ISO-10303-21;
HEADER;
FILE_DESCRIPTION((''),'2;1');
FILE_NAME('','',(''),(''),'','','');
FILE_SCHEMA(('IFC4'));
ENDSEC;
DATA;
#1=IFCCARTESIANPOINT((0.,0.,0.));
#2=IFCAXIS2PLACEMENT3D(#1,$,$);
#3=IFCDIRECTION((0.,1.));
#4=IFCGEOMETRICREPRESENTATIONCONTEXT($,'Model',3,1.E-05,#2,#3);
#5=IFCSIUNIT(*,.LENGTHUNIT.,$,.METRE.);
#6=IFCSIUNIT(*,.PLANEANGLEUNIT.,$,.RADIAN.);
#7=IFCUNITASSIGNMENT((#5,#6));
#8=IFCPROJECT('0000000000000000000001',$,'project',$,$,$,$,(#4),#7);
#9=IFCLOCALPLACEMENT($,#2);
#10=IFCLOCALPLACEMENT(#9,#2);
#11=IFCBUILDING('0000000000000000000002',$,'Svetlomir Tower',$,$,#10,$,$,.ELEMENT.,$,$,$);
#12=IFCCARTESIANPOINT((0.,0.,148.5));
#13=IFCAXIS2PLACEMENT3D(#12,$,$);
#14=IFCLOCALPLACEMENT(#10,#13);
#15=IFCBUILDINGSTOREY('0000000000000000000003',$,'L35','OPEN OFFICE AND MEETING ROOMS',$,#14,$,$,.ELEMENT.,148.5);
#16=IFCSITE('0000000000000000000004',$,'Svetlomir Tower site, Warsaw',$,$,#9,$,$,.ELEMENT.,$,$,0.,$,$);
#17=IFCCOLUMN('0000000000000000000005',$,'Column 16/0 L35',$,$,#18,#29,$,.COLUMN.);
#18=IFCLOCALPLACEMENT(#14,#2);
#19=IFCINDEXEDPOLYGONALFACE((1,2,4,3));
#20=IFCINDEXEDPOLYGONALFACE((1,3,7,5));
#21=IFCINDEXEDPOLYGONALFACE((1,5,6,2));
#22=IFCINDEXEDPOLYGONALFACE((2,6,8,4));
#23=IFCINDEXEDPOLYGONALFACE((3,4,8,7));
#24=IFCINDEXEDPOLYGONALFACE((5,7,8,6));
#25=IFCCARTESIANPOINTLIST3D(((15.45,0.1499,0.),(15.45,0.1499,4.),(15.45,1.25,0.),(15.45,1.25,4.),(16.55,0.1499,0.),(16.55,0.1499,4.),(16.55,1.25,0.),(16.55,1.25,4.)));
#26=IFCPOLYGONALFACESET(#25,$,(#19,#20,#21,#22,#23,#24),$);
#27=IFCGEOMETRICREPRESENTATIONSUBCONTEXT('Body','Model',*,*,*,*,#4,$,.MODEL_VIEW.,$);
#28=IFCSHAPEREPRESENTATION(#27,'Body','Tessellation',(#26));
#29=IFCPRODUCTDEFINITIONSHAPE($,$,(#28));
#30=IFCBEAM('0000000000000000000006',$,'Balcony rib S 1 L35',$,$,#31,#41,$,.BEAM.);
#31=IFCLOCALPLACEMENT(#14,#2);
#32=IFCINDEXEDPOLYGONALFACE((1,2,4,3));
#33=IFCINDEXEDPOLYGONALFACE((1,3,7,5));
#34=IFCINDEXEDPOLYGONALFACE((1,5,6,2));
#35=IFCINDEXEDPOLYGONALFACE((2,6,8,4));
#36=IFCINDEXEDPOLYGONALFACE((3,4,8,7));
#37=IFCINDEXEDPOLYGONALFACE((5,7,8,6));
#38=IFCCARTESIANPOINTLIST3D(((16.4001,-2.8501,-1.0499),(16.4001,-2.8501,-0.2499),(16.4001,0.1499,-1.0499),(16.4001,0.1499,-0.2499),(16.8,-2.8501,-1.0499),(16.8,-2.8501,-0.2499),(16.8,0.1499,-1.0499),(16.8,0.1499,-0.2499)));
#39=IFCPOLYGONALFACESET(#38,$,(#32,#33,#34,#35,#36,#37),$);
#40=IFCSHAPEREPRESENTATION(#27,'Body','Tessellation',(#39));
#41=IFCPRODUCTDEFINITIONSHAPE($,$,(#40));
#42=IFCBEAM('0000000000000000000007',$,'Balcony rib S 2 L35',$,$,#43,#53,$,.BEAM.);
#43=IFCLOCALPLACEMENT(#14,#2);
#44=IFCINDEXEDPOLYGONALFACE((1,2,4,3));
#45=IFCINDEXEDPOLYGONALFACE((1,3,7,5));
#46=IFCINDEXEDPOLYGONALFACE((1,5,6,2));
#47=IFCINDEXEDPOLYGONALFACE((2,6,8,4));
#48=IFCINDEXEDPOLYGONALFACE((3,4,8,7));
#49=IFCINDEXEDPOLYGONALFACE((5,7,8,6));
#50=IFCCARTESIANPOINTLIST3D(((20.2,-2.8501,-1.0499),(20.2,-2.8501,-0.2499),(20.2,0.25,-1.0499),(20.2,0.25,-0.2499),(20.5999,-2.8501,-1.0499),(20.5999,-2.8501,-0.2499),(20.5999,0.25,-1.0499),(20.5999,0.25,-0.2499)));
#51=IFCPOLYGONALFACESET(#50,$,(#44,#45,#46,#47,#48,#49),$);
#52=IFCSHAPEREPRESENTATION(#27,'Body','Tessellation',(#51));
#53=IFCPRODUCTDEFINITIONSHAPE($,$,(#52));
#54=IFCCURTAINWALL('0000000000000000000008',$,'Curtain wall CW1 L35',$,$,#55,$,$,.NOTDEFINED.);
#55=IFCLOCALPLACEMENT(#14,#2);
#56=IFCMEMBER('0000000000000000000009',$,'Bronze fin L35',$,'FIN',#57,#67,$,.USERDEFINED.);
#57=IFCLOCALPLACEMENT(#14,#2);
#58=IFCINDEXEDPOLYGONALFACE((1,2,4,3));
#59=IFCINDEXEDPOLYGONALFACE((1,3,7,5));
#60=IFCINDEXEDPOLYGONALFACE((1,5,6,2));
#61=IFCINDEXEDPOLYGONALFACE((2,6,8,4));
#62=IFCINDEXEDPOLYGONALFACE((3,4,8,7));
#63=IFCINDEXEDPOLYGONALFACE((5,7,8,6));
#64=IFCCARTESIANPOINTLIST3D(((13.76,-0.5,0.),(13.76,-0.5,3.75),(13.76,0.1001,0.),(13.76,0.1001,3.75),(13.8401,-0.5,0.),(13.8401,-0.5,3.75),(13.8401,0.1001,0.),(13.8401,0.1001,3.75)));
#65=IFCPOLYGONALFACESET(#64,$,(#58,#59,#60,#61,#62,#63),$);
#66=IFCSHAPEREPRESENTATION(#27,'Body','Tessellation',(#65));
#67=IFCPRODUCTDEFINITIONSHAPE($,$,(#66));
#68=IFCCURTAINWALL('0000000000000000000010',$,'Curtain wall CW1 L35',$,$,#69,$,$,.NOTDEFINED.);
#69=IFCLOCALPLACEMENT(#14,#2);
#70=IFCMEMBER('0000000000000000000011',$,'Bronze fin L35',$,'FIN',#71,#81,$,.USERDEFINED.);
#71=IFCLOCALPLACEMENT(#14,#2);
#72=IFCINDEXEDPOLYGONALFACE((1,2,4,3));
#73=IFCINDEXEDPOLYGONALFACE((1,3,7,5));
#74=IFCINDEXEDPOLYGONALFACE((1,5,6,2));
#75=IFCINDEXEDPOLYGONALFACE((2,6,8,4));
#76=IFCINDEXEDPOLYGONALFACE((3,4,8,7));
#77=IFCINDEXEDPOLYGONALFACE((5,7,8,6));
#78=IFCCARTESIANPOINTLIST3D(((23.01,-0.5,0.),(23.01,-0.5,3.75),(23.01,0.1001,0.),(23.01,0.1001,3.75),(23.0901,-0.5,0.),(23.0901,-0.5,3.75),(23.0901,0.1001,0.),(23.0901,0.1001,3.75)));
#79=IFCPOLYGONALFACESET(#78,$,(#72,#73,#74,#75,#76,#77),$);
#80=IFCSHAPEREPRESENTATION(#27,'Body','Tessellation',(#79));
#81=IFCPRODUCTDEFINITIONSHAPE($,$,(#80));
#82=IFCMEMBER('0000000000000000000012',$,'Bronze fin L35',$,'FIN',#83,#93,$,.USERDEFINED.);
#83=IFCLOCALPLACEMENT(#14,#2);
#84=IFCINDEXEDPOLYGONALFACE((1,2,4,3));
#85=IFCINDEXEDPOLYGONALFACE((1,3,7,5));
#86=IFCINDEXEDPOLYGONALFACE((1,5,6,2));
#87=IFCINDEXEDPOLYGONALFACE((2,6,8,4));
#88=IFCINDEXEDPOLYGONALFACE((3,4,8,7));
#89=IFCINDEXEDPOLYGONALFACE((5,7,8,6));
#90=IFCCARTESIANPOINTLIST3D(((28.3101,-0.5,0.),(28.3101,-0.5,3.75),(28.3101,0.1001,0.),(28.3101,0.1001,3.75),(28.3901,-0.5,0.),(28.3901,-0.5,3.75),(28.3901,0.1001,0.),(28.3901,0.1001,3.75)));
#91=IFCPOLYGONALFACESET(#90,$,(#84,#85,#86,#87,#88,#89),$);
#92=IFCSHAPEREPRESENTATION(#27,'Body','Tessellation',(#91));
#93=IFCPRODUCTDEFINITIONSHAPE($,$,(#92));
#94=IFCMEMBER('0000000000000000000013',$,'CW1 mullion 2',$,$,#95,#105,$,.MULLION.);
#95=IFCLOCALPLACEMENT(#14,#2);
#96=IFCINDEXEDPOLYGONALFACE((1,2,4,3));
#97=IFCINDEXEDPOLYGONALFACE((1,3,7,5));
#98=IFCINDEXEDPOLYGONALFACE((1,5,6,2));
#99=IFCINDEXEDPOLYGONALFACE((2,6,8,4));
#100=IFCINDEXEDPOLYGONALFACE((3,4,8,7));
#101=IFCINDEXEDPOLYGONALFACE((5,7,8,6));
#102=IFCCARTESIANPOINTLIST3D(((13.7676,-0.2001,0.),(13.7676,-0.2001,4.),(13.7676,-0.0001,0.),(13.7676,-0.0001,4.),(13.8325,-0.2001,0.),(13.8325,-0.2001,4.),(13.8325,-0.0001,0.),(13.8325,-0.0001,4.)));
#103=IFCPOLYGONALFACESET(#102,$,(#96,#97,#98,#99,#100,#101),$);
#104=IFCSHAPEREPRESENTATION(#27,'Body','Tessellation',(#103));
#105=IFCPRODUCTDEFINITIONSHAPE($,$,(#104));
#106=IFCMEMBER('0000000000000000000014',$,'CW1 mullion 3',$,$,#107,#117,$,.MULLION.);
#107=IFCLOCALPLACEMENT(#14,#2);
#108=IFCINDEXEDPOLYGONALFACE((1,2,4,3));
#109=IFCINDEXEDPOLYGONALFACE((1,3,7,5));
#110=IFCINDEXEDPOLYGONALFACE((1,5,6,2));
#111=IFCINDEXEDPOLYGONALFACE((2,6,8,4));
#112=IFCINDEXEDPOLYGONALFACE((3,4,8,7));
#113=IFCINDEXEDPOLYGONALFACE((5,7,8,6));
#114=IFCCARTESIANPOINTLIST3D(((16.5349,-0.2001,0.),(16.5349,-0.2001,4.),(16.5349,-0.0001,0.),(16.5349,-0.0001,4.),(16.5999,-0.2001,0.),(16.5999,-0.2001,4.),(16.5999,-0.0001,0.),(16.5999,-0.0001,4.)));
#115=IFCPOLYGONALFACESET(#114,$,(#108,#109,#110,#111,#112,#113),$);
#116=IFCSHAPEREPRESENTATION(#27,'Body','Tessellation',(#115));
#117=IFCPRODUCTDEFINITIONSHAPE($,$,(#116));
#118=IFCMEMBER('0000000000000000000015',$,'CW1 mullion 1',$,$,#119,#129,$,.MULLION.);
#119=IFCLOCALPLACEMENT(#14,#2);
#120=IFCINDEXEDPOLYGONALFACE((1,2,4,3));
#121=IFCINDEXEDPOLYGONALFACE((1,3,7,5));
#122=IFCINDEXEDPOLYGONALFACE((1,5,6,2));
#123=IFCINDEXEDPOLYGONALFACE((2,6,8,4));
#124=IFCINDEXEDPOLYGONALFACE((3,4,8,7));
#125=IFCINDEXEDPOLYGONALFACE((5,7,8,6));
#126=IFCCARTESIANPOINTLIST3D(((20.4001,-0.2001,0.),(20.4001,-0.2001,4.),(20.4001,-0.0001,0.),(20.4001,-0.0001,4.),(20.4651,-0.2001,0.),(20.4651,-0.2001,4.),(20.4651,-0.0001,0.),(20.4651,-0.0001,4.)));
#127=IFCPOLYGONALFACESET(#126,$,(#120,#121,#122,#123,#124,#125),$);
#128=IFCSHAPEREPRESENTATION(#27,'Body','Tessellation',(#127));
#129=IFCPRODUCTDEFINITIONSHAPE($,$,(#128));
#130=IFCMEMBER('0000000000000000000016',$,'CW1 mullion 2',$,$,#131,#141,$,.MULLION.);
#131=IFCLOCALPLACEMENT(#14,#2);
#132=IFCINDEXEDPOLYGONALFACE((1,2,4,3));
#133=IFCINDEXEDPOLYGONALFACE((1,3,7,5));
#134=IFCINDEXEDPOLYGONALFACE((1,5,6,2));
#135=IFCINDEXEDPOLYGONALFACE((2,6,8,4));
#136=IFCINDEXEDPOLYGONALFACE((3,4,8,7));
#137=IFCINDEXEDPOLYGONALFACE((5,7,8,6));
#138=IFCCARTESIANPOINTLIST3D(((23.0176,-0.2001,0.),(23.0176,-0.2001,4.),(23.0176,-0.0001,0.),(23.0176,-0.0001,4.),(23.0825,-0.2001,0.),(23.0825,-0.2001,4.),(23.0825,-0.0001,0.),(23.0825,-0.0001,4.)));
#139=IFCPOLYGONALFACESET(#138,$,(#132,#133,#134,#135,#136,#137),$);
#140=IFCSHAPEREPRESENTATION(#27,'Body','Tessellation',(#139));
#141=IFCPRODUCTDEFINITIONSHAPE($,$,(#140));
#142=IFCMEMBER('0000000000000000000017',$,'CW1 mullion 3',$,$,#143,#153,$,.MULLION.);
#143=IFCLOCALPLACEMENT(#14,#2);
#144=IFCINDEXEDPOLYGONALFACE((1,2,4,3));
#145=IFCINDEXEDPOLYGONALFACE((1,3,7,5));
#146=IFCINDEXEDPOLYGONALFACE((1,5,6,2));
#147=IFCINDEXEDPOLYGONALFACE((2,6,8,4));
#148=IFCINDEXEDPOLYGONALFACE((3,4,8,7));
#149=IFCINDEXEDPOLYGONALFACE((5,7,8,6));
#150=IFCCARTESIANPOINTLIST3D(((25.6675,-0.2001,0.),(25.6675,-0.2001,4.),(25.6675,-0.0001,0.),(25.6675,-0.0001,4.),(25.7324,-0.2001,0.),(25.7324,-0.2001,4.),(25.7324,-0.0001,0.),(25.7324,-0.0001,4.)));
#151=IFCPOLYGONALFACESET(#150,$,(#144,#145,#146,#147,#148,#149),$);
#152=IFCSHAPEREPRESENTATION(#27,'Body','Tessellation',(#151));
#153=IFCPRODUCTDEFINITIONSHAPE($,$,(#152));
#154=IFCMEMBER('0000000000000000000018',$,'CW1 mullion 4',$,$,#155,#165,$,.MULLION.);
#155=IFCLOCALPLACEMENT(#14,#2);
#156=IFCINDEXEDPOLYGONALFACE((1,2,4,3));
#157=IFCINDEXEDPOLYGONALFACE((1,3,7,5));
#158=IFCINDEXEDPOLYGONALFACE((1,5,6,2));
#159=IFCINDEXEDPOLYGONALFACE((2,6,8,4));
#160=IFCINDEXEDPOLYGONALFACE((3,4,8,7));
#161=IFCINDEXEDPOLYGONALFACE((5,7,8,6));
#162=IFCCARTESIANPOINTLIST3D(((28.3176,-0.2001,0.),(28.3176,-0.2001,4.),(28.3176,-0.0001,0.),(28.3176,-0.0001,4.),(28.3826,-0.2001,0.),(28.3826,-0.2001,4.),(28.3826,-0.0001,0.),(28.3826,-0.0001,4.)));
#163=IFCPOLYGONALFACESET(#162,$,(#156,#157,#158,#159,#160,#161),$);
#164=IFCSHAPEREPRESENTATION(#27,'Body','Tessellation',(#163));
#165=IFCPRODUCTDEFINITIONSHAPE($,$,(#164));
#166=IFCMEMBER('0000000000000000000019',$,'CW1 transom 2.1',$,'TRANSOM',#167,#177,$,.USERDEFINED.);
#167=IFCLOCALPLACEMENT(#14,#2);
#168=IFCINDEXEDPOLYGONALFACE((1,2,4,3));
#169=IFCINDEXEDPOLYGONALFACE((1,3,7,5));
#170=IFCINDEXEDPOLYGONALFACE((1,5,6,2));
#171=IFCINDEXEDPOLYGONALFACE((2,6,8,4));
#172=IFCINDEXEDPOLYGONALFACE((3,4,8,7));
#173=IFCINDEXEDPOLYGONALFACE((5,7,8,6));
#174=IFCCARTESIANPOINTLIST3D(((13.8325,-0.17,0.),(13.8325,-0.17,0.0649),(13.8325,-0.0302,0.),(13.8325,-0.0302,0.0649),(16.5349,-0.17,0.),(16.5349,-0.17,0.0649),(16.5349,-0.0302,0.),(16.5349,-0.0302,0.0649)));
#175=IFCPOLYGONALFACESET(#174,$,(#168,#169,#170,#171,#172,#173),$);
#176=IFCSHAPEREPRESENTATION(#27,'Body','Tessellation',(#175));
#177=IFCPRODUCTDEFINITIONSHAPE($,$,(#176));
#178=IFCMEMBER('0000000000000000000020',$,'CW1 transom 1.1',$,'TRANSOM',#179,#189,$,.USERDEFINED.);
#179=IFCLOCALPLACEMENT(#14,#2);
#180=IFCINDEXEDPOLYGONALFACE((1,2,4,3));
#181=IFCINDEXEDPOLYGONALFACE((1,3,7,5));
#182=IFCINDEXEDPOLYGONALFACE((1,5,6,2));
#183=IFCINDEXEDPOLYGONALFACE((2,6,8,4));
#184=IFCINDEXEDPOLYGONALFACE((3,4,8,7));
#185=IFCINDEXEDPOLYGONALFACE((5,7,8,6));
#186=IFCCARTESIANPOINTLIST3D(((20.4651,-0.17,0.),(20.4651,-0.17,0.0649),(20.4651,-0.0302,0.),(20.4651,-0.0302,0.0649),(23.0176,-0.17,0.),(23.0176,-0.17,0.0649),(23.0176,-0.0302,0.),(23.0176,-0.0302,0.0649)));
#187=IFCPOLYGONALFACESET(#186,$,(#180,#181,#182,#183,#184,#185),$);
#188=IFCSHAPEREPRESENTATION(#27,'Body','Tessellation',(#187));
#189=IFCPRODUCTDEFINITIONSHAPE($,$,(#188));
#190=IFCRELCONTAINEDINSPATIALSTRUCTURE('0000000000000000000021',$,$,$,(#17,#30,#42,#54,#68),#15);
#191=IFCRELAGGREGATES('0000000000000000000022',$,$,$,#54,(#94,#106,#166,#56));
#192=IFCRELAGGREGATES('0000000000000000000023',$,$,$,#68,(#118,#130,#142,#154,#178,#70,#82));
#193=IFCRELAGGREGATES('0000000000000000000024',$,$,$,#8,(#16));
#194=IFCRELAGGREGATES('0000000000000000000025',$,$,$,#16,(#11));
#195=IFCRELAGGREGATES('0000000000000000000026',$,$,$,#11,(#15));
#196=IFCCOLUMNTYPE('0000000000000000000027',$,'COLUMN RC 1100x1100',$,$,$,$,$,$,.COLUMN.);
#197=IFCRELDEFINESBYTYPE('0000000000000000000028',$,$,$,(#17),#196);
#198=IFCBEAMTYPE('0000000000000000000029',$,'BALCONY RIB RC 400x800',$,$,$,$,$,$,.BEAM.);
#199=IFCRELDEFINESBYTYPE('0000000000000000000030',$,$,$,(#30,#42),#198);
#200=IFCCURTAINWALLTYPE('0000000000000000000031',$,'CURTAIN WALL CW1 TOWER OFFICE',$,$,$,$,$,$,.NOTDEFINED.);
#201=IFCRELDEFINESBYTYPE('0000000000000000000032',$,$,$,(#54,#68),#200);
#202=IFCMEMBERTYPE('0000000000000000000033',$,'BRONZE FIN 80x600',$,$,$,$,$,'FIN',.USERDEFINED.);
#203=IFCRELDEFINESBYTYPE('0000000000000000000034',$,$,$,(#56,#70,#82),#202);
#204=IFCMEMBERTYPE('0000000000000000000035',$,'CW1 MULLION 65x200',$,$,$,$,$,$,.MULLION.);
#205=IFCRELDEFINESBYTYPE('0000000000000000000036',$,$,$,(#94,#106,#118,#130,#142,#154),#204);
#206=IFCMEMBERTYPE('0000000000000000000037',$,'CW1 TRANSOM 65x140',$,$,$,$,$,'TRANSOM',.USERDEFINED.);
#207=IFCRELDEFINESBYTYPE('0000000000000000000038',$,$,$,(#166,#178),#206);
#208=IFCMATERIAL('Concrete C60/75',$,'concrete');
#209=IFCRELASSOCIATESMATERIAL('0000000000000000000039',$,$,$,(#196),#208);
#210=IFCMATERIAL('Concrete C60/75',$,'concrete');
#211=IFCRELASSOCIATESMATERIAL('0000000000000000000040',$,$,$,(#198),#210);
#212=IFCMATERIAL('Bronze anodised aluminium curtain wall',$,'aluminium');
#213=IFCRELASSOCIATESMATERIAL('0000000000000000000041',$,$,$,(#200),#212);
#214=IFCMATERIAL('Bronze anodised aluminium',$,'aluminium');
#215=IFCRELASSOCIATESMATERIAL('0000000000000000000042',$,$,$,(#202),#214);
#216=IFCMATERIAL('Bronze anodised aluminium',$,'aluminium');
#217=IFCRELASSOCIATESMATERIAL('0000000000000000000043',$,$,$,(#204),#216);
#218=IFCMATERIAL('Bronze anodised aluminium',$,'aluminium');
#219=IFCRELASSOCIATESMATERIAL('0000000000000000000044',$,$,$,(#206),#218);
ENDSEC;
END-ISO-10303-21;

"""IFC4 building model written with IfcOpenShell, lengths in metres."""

from ifc_helpers import new_model, si_unit, direction, frame, origin, origin_2d, place, context, subcontext, project, spatial, rectangle, extrude, material, material_profile, profile_set, type_object, element, aggregate, save


model = new_model("IFC4")

# Units and contexts
model_context = context("Model", 3, precision=1e-05, world=origin(), true_north=direction((0.0, 1.0)))
body_context = subcontext(model_context, "Body", "Model", "MODEL_VIEW")
ifc_project = project(units=[si_unit("LENGTHUNIT", "METRE"), si_unit("PLANEANGLEUNIT", "RADIAN")], contexts=[model_context])

# Site, building, storey
site_placement = place(None, origin())
site = spatial("IfcSite", under=ifc_project, at=site_placement, Name="Svetlomir Tower site, Warsaw", CompositionType="ELEMENT", RefElevation=0.0)
building_placement = place(site_placement, origin())
building = spatial("IfcBuilding", under=site, at=building_placement, Name="Svetlomir Tower", CompositionType="ELEMENT")
storey_placement = place(building_placement, frame((0.0, 0.0, 148.5)))
storey = spatial("IfcBuildingStorey", under=building, at=storey_placement, Name="L35", Description="OPEN OFFICE AND MEETING ROOMS", CompositionType="ELEMENT", Elevation=148.5)

# Column
ifc_material_1 = material(Name="Concrete C60/75", Category="concrete")
ifc_material_profile_1 = material_profile(ifc_material_1, rectangle(XDim=1.1001, YDim=1.1001, at=origin_2d()), Name="RC 1100x1100")
ifc_profile_set_1 = profile_set([ifc_material_profile_1], Name="Concrete C60/75")
column_type = type_object("IfcColumnType", Name="COLUMN RC 1100x1100", PredefinedType="COLUMN", material=ifc_profile_set_1)
column_placement = place(storey_placement, frame((16.0, 0.7, 0.0), z_axis=(0.0, 0.0, 1.0), x_axis=(1.0, 0.0, 0.0)))
element("IfcColumn", 1, at=column_placement, inside=storey, type_object=column_type, Name="Column 16/0 L35", PredefinedType="COLUMN", context=body_context, shape_type="SweptSolid", body=[
    extrude(rectangle(XDim=1.1001, YDim=1.1001, at=origin_2d()), origin(), (0.0, 0.0, 1.0), 4.0),
])

# Beams
ifc_material_2 = material(Name="Concrete C60/75", Category="concrete")
ifc_material_profile_2 = material_profile(ifc_material_2, rectangle(XDim=0.3999, YDim=0.8, at=origin_2d()), Name="RC 400x800")
ifc_profile_set_2 = profile_set([ifc_material_profile_2], Name="Concrete C60/75")
beam_type_1 = type_object("IfcBeamType", Name="BALCONY RIB RC 400x800", PredefinedType="BEAM", material=ifc_profile_set_2)
beam_1_placement = place(storey_placement, frame((16.6001, 0.1499, -0.6499), z_axis=(0.0, -1.0, 0.0), x_axis=(1.0, 0.0, 0.0)))
element("IfcBeam", 2, at=beam_1_placement, inside=storey, type_object=beam_type_1, Name="Balcony rib S 1 L35", PredefinedType="BEAM", context=body_context, shape_type="SweptSolid", body=[
    extrude(rectangle(XDim=0.3999, YDim=0.8, at=origin_2d()), origin(), (0.0, 0.0, 1.0), 3.0),
])
beam_2_placement = place(storey_placement, frame((20.3999, 0.25, -0.6499), z_axis=(0.0, -1.0, 0.0), x_axis=(1.0, 0.0, 0.0)))
element("IfcBeam", 3, at=beam_2_placement, inside=storey, type_object=beam_type_1, Name="Balcony rib S 2 L35", PredefinedType="BEAM", context=body_context, shape_type="SweptSolid", body=[
    extrude(rectangle(XDim=0.3999, YDim=0.8, at=origin_2d()), origin(), (0.0, 0.0, 1.0), 3.1001),
])

# Curtain wall, member
ifc_material_3 = material(Name="Bronze anodised aluminium curtain wall", Category="aluminium")
curtain_wall_type = type_object("IfcCurtainWallType", Name="CURTAIN WALL CW1 TOWER OFFICE", PredefinedType="NOTDEFINED", material=ifc_material_3)
curtain_wall_1_placement = place(storey_placement, origin())
curtain_wall_1 = element("IfcCurtainWall", 4, at=curtain_wall_1_placement, inside=storey, type_object=curtain_wall_type, Name="Curtain wall CW1 L35", PredefinedType="NOTDEFINED")
ifc_material_4 = material(Name="Bronze anodised aluminium", Category="aluminium")
ifc_material_profile_3 = material_profile(ifc_material_4, rectangle(XDim=0.0801, YDim=0.6001, at=origin_2d()), Name="FIN 80x600")
ifc_profile_set_3 = profile_set([ifc_material_profile_3], Name="Bronze anodised aluminium 6063-T6")
member_type_1 = type_object("IfcMemberType", Name="BRONZE FIN 80x600", ElementType="FIN", PredefinedType="USERDEFINED", material=ifc_profile_set_3)
member_1_placement = place(storey_placement, frame((13.8, -0.2, 0.0), z_axis=(0.0, 0.0, 1.0), x_axis=(1.0, 0.0, 0.0)))
member_1 = element("IfcMember", 5, at=member_1_placement, type_object=member_type_1, Name="Bronze fin L35", ObjectType="FIN", PredefinedType="USERDEFINED", context=body_context, shape_type="SweptSolid", body=[
    extrude(rectangle(XDim=0.0801, YDim=0.6001, at=origin_2d()), origin(), (0.0, 0.0, 1.0), 3.75),
])

# Curtain wall, members
curtain_wall_2_placement = place(storey_placement, origin())
curtain_wall_2 = element("IfcCurtainWall", 6, at=curtain_wall_2_placement, inside=storey, type_object=curtain_wall_type, Name="Curtain wall CW1 L35", PredefinedType="NOTDEFINED")
member_2_placement = place(storey_placement, frame((23.05, -0.2, 0.0), z_axis=(0.0, 0.0, 1.0), x_axis=(1.0, 0.0, 0.0)))
member_2 = element("IfcMember", 7, at=member_2_placement, type_object=member_type_1, Name="Bronze fin L35", ObjectType="FIN", PredefinedType="USERDEFINED", context=body_context, shape_type="SweptSolid", body=[
    extrude(rectangle(XDim=0.0801, YDim=0.6001, at=origin_2d()), origin(), (0.0, 0.0, 1.0), 3.75),
])
member_3_placement = place(storey_placement, frame((28.3501, -0.2, 0.0), z_axis=(0.0, 0.0, 1.0), x_axis=(1.0, 0.0, 0.0)))
member_3 = element("IfcMember", 8, at=member_3_placement, type_object=member_type_1, Name="Bronze fin L35", ObjectType="FIN", PredefinedType="USERDEFINED", context=body_context, shape_type="SweptSolid", body=[
    extrude(rectangle(XDim=0.0801, YDim=0.6001, at=origin_2d()), origin(), (0.0, 0.0, 1.0), 3.75),
])

# Members
ifc_material_5 = material(Name="Bronze anodised aluminium", Category="aluminium")
ifc_material_profile_4 = material_profile(ifc_material_5, rectangle(XDim=0.0649, YDim=0.2, at=origin_2d()), Name="AL 65x200")
ifc_profile_set_4 = profile_set([ifc_material_profile_4], Name="Bronze anodised aluminium 6063-T6")
member_type_2 = type_object("IfcMemberType", Name="CW1 MULLION 65x200", PredefinedType="MULLION", material=ifc_profile_set_4)
member_4_placement = place(storey_placement, frame((13.8, -0.1001, 0.0), z_axis=(0.0, 0.0, 1.0), x_axis=(1.0, 0.0, 0.0)))
member_4 = element("IfcMember", 9, at=member_4_placement, type_object=member_type_2, Name="CW1 mullion 2", PredefinedType="MULLION", context=body_context, shape_type="SweptSolid", body=[
    extrude(rectangle(XDim=0.0649, YDim=0.2, at=origin_2d()), origin(), (0.0, 0.0, 1.0), 4.0),
])
member_5_placement = place(storey_placement, frame((16.5674, -0.1001, 0.0), z_axis=(0.0, 0.0, 1.0), x_axis=(1.0, 0.0, 0.0)))
member_5 = element("IfcMember", 10, at=member_5_placement, type_object=member_type_2, Name="CW1 mullion 3", PredefinedType="MULLION", context=body_context, shape_type="SweptSolid", body=[
    extrude(rectangle(XDim=0.0649, YDim=0.2, at=origin_2d()), origin(), (0.0, 0.0, 1.0), 4.0),
])
member_6_placement = place(storey_placement, frame((20.4326, -0.1001, 0.0), z_axis=(0.0, 0.0, 1.0), x_axis=(1.0, 0.0, 0.0)))
member_6 = element("IfcMember", 11, at=member_6_placement, type_object=member_type_2, Name="CW1 mullion 1", PredefinedType="MULLION", context=body_context, shape_type="SweptSolid", body=[
    extrude(rectangle(XDim=0.0649, YDim=0.2, at=origin_2d()), origin(), (0.0, 0.0, 1.0), 4.0),
])
member_7_placement = place(storey_placement, frame((23.05, -0.1001, 0.0), z_axis=(0.0, 0.0, 1.0), x_axis=(1.0, 0.0, 0.0)))
member_7 = element("IfcMember", 12, at=member_7_placement, type_object=member_type_2, Name="CW1 mullion 2", PredefinedType="MULLION", context=body_context, shape_type="SweptSolid", body=[
    extrude(rectangle(XDim=0.0649, YDim=0.2, at=origin_2d()), origin(), (0.0, 0.0, 1.0), 4.0),
])
member_8_placement = place(storey_placement, frame((25.7, -0.1001, 0.0), z_axis=(0.0, 0.0, 1.0), x_axis=(1.0, 0.0, 0.0)))
member_8 = element("IfcMember", 13, at=member_8_placement, type_object=member_type_2, Name="CW1 mullion 3", PredefinedType="MULLION", context=body_context, shape_type="SweptSolid", body=[
    extrude(rectangle(XDim=0.0649, YDim=0.2, at=origin_2d()), origin(), (0.0, 0.0, 1.0), 4.0),
])
member_9_placement = place(storey_placement, frame((28.3501, -0.1001, 0.0), z_axis=(0.0, 0.0, 1.0), x_axis=(1.0, 0.0, 0.0)))
member_9 = element("IfcMember", 14, at=member_9_placement, type_object=member_type_2, Name="CW1 mullion 4", PredefinedType="MULLION", context=body_context, shape_type="SweptSolid", body=[
    extrude(rectangle(XDim=0.0649, YDim=0.2, at=origin_2d()), origin(), (0.0, 0.0, 1.0), 4.0),
])
ifc_material_6 = material(Name="Bronze anodised aluminium", Category="aluminium")
ifc_material_profile_5 = material_profile(ifc_material_6, rectangle(XDim=0.1399, YDim=0.0649, at=origin_2d()), Name="AL 140x65")
ifc_profile_set_5 = profile_set([ifc_material_profile_5], Name="Bronze anodised aluminium 6063-T6")
member_type_3 = type_object("IfcMemberType", Name="CW1 TRANSOM 65x140", ElementType="TRANSOM", PredefinedType="USERDEFINED", material=ifc_profile_set_5)
member_10_placement = place(storey_placement, frame((13.8325, -0.1001, 0.0325), z_axis=(1.0, 0.0, 0.0), x_axis=(0.0, 1.0, 0.0)))
member_10 = element("IfcMember", 15, at=member_10_placement, type_object=member_type_3, Name="CW1 transom 2.1", ObjectType="TRANSOM", PredefinedType="USERDEFINED", context=body_context, shape_type="SweptSolid", body=[
    extrude(rectangle(XDim=0.1399, YDim=0.0649, at=origin_2d()), origin(), (0.0, 0.0, 1.0), 2.7024),
])
member_11_placement = place(storey_placement, frame((20.4651, -0.1001, 0.0325), z_axis=(1.0, 0.0, 0.0), x_axis=(0.0, 1.0, 0.0)))
member_11 = element("IfcMember", 16, at=member_11_placement, type_object=member_type_3, Name="CW1 transom 1.1", ObjectType="TRANSOM", PredefinedType="USERDEFINED", context=body_context, shape_type="SweptSolid", body=[
    extrude(rectangle(XDim=0.1399, YDim=0.0649, at=origin_2d()), origin(), (0.0, 0.0, 1.0), 2.5525),
])

aggregate(curtain_wall_1, [member_4, member_5, member_10, member_1])
aggregate(curtain_wall_2, [member_6, member_7, member_8, member_9, member_11, member_2, member_3])

save(model, "model.ifc")
